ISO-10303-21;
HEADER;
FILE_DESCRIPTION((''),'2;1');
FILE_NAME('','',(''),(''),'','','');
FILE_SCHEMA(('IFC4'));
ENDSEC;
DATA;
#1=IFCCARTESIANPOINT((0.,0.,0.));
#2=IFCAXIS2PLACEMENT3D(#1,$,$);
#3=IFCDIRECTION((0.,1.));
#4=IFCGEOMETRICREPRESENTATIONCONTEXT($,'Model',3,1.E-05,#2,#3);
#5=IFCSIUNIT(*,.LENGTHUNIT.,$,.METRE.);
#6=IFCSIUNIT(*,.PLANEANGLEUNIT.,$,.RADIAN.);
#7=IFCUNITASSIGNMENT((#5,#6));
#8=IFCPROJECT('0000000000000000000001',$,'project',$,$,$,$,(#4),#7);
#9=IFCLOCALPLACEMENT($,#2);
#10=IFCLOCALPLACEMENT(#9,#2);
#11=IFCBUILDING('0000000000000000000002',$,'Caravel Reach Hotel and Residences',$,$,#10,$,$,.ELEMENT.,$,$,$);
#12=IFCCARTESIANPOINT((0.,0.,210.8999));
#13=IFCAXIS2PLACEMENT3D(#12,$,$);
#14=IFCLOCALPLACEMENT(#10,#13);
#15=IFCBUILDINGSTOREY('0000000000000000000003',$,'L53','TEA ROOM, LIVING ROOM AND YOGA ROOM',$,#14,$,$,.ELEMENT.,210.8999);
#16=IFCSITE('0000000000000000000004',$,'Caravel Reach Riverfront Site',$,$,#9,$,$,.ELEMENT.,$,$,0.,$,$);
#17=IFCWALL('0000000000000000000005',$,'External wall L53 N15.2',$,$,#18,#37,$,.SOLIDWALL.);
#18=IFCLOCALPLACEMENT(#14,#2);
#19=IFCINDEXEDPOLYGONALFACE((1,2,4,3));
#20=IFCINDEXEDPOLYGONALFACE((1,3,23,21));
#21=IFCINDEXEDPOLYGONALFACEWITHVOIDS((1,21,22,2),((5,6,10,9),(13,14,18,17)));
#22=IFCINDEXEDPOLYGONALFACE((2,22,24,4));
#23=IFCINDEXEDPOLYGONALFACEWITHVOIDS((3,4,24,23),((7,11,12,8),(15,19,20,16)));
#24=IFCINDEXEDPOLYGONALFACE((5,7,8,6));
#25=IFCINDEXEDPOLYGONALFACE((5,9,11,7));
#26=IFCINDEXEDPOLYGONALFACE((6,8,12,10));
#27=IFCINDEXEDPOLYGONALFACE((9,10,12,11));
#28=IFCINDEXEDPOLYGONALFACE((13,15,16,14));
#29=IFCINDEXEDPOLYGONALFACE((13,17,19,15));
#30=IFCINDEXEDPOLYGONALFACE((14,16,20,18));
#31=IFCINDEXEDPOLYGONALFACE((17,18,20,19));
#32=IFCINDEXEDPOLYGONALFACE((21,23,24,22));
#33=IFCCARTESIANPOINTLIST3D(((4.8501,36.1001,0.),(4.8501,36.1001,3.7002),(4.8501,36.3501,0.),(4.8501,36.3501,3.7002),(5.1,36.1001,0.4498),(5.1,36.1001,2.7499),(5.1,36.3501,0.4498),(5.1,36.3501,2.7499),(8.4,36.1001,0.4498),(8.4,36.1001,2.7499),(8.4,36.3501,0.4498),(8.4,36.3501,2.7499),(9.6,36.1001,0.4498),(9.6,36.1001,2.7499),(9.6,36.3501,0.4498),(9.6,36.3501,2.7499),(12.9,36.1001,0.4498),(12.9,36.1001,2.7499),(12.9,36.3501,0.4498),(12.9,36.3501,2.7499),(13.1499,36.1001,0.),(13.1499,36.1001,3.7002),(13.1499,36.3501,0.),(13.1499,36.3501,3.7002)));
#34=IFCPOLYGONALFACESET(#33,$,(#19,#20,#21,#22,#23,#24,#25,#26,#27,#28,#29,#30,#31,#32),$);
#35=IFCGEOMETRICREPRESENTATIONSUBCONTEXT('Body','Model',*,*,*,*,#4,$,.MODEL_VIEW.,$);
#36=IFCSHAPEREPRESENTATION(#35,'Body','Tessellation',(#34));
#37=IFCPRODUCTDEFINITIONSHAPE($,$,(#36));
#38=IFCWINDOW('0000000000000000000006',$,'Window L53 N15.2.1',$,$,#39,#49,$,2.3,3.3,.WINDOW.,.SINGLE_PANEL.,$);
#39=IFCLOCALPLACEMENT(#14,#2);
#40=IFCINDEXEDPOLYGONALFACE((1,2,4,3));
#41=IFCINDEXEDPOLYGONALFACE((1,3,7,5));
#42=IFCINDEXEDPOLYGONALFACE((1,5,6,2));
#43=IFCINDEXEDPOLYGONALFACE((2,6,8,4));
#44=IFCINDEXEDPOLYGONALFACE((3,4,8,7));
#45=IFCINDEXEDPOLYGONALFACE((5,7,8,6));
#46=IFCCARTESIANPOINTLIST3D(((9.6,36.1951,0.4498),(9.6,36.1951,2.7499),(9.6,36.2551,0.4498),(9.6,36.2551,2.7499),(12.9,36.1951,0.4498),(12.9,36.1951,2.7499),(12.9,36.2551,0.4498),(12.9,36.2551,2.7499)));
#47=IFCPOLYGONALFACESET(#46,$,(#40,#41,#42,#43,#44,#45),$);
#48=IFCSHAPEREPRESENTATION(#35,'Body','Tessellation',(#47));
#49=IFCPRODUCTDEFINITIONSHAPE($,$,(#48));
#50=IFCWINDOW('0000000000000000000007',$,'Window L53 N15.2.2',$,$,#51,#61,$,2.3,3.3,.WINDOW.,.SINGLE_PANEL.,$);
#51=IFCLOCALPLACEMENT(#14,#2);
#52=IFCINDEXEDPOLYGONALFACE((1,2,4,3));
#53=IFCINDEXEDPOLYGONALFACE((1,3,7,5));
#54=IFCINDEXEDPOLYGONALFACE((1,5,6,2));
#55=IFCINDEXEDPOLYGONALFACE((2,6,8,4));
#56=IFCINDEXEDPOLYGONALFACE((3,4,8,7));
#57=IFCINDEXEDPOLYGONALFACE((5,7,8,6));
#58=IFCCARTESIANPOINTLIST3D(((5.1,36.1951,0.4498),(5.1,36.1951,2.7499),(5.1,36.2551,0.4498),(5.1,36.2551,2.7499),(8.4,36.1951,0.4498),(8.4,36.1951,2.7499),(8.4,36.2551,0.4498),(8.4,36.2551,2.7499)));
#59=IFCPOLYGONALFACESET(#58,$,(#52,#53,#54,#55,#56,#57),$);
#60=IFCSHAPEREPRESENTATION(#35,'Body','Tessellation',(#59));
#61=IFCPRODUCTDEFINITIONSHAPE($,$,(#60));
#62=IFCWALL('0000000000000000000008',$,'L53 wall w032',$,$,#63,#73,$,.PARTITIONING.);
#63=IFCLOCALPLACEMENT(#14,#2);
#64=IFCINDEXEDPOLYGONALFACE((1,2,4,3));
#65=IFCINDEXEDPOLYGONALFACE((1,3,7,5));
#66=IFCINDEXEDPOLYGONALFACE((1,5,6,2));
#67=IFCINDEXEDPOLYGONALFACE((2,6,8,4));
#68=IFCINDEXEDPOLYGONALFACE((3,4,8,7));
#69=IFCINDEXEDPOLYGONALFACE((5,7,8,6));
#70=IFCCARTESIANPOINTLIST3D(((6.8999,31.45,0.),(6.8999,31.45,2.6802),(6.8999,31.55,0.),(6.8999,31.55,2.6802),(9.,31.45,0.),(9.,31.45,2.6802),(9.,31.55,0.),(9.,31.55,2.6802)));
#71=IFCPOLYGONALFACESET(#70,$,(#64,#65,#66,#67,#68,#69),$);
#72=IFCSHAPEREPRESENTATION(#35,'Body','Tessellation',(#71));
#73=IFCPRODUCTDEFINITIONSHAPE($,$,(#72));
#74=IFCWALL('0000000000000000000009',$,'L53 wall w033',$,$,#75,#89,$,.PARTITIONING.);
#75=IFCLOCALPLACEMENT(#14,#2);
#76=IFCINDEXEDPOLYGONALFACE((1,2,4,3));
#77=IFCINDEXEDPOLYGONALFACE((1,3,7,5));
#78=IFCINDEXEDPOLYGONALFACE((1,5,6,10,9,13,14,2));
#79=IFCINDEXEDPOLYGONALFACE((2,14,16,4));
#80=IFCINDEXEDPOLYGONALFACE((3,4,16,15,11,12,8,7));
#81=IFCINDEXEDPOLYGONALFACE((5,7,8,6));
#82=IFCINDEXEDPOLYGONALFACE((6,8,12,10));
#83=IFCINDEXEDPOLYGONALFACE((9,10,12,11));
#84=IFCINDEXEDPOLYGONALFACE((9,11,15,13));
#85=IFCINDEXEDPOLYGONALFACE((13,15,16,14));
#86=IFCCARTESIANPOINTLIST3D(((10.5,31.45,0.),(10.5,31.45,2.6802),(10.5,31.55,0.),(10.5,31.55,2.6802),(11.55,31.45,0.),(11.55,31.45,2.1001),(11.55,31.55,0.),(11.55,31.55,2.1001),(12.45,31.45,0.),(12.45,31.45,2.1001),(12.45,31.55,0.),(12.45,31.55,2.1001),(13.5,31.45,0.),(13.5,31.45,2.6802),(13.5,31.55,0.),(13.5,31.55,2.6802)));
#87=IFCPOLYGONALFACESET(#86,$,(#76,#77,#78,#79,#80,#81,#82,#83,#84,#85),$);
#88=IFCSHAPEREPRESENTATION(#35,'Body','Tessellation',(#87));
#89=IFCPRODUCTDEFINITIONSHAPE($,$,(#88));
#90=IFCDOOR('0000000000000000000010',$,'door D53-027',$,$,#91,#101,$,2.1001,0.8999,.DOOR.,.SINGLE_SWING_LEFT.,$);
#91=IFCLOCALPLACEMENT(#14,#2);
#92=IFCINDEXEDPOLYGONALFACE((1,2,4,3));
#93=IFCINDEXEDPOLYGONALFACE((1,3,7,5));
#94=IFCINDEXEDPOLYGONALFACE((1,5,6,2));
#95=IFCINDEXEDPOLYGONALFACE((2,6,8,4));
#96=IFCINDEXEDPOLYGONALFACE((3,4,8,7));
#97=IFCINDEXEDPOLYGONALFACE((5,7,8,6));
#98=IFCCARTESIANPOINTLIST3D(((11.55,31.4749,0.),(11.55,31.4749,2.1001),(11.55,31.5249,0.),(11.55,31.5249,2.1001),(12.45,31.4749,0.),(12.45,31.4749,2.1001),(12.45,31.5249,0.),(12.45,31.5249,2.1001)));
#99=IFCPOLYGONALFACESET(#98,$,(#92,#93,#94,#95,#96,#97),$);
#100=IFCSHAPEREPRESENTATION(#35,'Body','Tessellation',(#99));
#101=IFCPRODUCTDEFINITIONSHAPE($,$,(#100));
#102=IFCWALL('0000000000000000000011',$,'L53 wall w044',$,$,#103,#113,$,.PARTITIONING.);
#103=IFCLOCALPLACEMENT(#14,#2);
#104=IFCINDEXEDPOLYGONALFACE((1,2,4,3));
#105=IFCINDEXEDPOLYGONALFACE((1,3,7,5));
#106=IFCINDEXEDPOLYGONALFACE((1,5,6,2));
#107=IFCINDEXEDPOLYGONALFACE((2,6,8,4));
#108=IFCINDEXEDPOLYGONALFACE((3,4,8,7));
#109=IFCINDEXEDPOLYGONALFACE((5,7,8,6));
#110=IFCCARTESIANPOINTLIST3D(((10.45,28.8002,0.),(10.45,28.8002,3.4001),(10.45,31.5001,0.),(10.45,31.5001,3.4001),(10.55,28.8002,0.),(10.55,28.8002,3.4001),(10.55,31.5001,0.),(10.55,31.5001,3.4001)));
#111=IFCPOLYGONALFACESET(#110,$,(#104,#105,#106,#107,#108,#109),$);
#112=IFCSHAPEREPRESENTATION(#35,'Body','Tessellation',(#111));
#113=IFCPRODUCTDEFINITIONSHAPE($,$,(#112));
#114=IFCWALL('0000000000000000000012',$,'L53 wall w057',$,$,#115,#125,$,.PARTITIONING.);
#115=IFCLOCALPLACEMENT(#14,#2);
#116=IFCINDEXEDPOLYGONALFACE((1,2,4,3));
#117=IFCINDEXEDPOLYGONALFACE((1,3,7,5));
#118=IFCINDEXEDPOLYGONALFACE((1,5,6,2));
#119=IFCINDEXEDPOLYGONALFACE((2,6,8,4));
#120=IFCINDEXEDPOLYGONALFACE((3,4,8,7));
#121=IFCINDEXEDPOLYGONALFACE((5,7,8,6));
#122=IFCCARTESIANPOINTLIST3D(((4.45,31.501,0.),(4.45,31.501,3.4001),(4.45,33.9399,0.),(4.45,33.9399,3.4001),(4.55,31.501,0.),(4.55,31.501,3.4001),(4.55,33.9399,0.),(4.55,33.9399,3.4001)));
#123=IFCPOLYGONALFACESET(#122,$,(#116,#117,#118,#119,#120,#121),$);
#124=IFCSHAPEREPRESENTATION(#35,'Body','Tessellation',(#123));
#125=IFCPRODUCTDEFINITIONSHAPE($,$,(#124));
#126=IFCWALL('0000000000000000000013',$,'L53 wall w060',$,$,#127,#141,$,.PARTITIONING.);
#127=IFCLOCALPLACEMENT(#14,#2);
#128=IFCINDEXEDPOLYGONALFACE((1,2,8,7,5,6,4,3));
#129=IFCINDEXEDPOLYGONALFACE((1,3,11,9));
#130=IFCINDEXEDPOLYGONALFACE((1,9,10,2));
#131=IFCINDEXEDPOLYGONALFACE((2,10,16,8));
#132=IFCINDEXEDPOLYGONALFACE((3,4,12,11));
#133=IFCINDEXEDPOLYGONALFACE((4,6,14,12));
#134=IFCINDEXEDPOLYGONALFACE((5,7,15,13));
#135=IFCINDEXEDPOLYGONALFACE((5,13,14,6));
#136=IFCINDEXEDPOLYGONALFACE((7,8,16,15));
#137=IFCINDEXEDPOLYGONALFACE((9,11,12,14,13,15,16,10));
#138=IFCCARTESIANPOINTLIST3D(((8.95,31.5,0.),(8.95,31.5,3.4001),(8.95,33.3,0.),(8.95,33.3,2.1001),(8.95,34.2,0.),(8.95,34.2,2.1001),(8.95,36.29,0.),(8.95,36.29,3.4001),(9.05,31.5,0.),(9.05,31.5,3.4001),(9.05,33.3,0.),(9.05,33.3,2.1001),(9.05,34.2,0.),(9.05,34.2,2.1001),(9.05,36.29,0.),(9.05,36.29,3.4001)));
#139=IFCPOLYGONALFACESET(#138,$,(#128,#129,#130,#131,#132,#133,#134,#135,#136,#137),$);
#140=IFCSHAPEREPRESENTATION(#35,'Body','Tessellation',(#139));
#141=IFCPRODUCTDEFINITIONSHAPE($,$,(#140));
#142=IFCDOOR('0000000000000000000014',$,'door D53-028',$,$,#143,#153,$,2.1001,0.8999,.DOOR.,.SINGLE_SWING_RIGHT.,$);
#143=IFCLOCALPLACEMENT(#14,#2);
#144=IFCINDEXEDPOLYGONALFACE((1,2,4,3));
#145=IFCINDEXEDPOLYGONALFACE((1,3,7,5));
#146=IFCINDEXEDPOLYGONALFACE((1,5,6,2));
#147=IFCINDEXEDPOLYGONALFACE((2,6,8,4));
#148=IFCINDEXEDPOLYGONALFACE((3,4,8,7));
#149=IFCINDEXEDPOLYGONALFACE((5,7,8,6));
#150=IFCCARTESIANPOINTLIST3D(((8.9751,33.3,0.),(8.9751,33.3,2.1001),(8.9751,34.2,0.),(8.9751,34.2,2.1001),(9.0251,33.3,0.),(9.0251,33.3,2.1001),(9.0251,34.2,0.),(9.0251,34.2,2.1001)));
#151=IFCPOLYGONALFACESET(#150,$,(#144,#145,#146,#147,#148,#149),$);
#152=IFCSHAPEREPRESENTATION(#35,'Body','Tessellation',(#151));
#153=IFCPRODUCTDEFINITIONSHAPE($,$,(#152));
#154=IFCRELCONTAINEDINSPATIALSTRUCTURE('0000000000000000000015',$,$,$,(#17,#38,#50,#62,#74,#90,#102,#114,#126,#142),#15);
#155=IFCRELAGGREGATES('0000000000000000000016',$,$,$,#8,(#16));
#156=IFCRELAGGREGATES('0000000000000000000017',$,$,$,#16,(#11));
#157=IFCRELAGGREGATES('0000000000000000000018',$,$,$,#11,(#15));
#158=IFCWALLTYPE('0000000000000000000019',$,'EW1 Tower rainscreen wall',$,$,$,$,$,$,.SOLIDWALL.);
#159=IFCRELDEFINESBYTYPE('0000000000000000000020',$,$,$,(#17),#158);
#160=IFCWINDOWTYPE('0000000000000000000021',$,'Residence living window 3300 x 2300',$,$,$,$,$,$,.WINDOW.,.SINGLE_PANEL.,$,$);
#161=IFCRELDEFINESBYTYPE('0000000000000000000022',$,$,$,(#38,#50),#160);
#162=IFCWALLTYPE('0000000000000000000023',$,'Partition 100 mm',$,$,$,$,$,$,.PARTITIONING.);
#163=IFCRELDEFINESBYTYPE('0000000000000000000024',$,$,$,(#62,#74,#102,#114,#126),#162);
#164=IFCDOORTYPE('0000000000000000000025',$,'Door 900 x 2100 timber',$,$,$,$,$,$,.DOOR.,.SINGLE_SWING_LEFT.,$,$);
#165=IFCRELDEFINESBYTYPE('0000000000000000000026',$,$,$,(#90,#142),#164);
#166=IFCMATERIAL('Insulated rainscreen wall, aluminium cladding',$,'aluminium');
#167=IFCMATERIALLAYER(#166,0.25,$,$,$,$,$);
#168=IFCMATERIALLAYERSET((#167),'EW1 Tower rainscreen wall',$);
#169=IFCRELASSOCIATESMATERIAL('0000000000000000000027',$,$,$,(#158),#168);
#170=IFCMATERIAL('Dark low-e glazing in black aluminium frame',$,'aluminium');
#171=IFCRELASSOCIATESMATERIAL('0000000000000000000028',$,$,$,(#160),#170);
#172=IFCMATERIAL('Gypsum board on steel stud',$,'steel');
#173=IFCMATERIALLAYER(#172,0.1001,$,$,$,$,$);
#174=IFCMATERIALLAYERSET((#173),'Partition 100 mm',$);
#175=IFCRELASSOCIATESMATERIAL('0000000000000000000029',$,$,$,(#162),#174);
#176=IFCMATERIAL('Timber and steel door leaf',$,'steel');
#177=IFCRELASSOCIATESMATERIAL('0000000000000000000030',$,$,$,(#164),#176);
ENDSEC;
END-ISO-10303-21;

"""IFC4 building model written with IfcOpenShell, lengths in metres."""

from ifc_helpers import new_model, si_unit, direction, frame, frame_2d, origin, place, context, subcontext, project, spatial, rectangle, extrude, material, layer, layer_set, type_object, element, fill, save


model = new_model("IFC4")

# Units and contexts
model_context = context("Model", 3, precision=1e-05, world=origin(), true_north=direction((0.0, 1.0)))
body_context = subcontext(model_context, "Body", "Model", "MODEL_VIEW")
ifc_project = project(units=[si_unit("LENGTHUNIT", "METRE"), si_unit("PLANEANGLEUNIT", "RADIAN")], contexts=[model_context])

# Site, building, storey
site_placement = place(None, origin())
site = spatial("IfcSite", under=ifc_project, at=site_placement, Name="Caravel Reach Riverfront Site", CompositionType="ELEMENT", RefElevation=0.0)
building_placement = place(site_placement, origin())
building = spatial("IfcBuilding", under=site, at=building_placement, Name="Caravel Reach Hotel and Residences", CompositionType="ELEMENT")
storey_placement = place(building_placement, frame((0.0, 0.0, 210.8999)))
storey = spatial("IfcBuildingStorey", under=building, at=storey_placement, Name="L53", Description="TEA ROOM, LIVING ROOM AND YOGA ROOM", CompositionType="ELEMENT", Elevation=210.8999)

# Wall, openings, windows
ifc_material_1 = material(Name="Insulated rainscreen wall, aluminium cladding", Category="aluminium")
ifc_layer_1 = layer(ifc_material_1, 0.25)
ifc_layer_set_1 = layer_set([ifc_layer_1], Name="EW1 Tower rainscreen wall")
wall_type_1 = type_object("IfcWallType", Name="EW1 Tower rainscreen wall", PredefinedType="SOLIDWALL", material=ifc_layer_set_1)
wall_1_placement = place(storey_placement, frame((13.1499, 36.2251, 0.0), z_axis=(0.0, 0.0, 1.0), x_axis=(-1.0, 0.0, 0.0)))
wall_1 = element("IfcWall", 1, at=wall_1_placement, inside=storey, type_object=wall_type_1, Name="External wall L53 N15.2", PredefinedType="SOLIDWALL", context=body_context, shape_type="SweptSolid", body=[
    extrude(rectangle(XDim=8.2998, YDim=0.25, at=frame_2d((4.1499, 0.0))), origin(), (0.0, 0.0, 1.0), 3.7002),
])
opening_1_placement = place(wall_1_placement, frame((0.25, 0.0, 0.45)))
opening_1 = element("IfcOpeningElement", 2, at=opening_1_placement, cuts=wall_1, PredefinedType="OPENING", context=body_context, shape_type="SweptSolid", body=[
    extrude(rectangle(XDim=3.3, YDim=2.3, at=frame_2d((1.6499, 1.1499))), frame((0.0, 0.135, 0.0), z_axis=(0.0, -1.0, 0.0), x_axis=(1.0, 0.0, 0.0)), (0.0, 0.0, 1.0), 0.27),
])
opening_2_placement = place(wall_1_placement, frame((4.75, 0.0, 0.45)))
opening_2 = element("IfcOpeningElement", 3, at=opening_2_placement, cuts=wall_1, PredefinedType="OPENING", context=body_context, shape_type="SweptSolid", body=[
    extrude(rectangle(XDim=3.3, YDim=2.3, at=frame_2d((1.6499, 1.1499))), frame((0.0, 0.135, 0.0), z_axis=(0.0, -1.0, 0.0), x_axis=(1.0, 0.0, 0.0)), (0.0, 0.0, 1.0), 0.27),
])
ifc_material_2 = material(Name="Dark low-e glazing in black aluminium frame", Category="aluminium")
window_type = type_object("IfcWindowType", Name="Residence living window 3300 x 2300", PartitioningType="SINGLE_PANEL", PredefinedType="WINDOW", material=ifc_material_2)
window_1_placement = place(opening_1_placement, origin())
window_1 = element("IfcWindow", 4, at=window_1_placement, inside=storey, type_object=window_type, Name="Window L53 N15.2.1", OverallHeight=2.3, OverallWidth=3.3, PartitioningType="SINGLE_PANEL", PredefinedType="WINDOW", context=body_context, shape_type="SweptSolid", body=[
    extrude(rectangle(XDim=3.3, YDim=2.3, at=frame_2d((1.6499, 1.1499))), frame((0.0, 0.03, 0.0), z_axis=(0.0, -1.0, 0.0), x_axis=(1.0, 0.0, 0.0)), (0.0, 0.0, 1.0), 0.0601),
])
fill(opening_1, window_1)
window_2_placement = place(opening_2_placement, origin())
window_2 = element("IfcWindow", 5, at=window_2_placement, inside=storey, type_object=window_type, Name="Window L53 N15.2.2", OverallHeight=2.3, OverallWidth=3.3, PartitioningType="SINGLE_PANEL", PredefinedType="WINDOW", context=body_context, shape_type="SweptSolid", body=[
    extrude(rectangle(XDim=3.3, YDim=2.3, at=frame_2d((1.6499, 1.1499))), frame((0.0, 0.03, 0.0), z_axis=(0.0, -1.0, 0.0), x_axis=(1.0, 0.0, 0.0)), (0.0, 0.0, 1.0), 0.0601),
])
fill(opening_2, window_2)

# Wall
ifc_material_3 = material(Name="Gypsum board on steel stud", Category="steel")
ifc_layer_2 = layer(ifc_material_3, 0.1001)
ifc_layer_set_2 = layer_set([ifc_layer_2], Name="Partition 100 mm")
wall_type_2 = type_object("IfcWallType", Name="Partition 100 mm", PredefinedType="PARTITIONING", material=ifc_layer_set_2)
wall_2_placement = place(storey_placement, frame((6.8999, 31.5, 0.0), z_axis=(0.0, 0.0, 1.0), x_axis=(1.0, 0.0, 0.0)))
element("IfcWall", 6, at=wall_2_placement, inside=storey, type_object=wall_type_2, Name="L53 wall w032", PredefinedType="PARTITIONING", context=body_context, shape_type="SweptSolid", body=[
    extrude(rectangle(XDim=2.1001, YDim=0.1001, at=frame_2d((1.05, 0.0))), origin(), (0.0, 0.0, 1.0), 2.6802),
])

# Wall, opening, door
wall_3_placement = place(storey_placement, frame((10.5, 31.5, 0.0), z_axis=(0.0, 0.0, 1.0), x_axis=(1.0, 0.0, 0.0)))
wall_3 = element("IfcWall", 7, at=wall_3_placement, inside=storey, type_object=wall_type_2, Name="L53 wall w033", PredefinedType="PARTITIONING", context=body_context, shape_type="SweptSolid", body=[
    extrude(rectangle(XDim=3.0, YDim=0.1001, at=frame_2d((1.5, 0.0))), origin(), (0.0, 0.0, 1.0), 2.6802),
])
opening_3_placement = place(wall_3_placement, frame((1.05, 0.0, 0.0)))
opening_3 = element("IfcOpeningElement", 8, at=opening_3_placement, cuts=wall_3, PredefinedType="OPENING", context=body_context, shape_type="SweptSolid", body=[
    extrude(rectangle(XDim=0.8999, YDim=2.1001, at=frame_2d((0.45, 1.05))), frame((0.0, 0.0601, 0.0), z_axis=(0.0, -1.0, 0.0), x_axis=(1.0, 0.0, 0.0)), (0.0, 0.0, 1.0), 0.1201),
])
ifc_material_4 = material(Name="Timber and steel door leaf", Category="steel")
door_type_1 = type_object("IfcDoorType", Name="Door 900 x 2100 timber", OperationType="SINGLE_SWING_LEFT", PredefinedType="DOOR", material=ifc_material_4)
door_1_placement = place(opening_3_placement, origin())
door_1 = element("IfcDoor", 9, at=door_1_placement, inside=storey, type_object=door_type_1, Name="door D53-027", OperationType="SINGLE_SWING_LEFT", OverallHeight=2.1001, OverallWidth=0.8999, PredefinedType="DOOR", context=body_context, shape_type="SweptSolid", body=[
    extrude(rectangle(XDim=0.8999, YDim=2.1001, at=frame_2d((0.45, 1.05))), frame((0.0, 0.0249, 0.0), z_axis=(0.0, -1.0, 0.0), x_axis=(1.0, 0.0, 0.0)), (0.0, 0.0, 1.0), 0.05),
])
fill(opening_3, door_1)

# Walls
wall_4_placement = place(storey_placement, frame((10.5, 28.8, 0.0), z_axis=(0.0, 0.0, 1.0), x_axis=(0.0, 1.0, 0.0)))
element("IfcWall", 10, at=wall_4_placement, inside=storey, type_object=wall_type_2, Name="L53 wall w044", PredefinedType="PARTITIONING", context=body_context, shape_type="SweptSolid", body=[
    extrude(rectangle(XDim=2.7, YDim=0.1001, at=frame_2d((1.3501, 0.0))), origin(), (0.0, 0.0, 1.0), 3.4001),
])
wall_5_placement = place(storey_placement, frame((4.5, 31.501, 0.0), z_axis=(0.0, 0.0, 1.0), x_axis=(0.0, 1.0, 0.0)))
element("IfcWall", 11, at=wall_5_placement, inside=storey, type_object=wall_type_2, Name="L53 wall w057", PredefinedType="PARTITIONING", context=body_context, shape_type="SweptSolid", body=[
    extrude(rectangle(XDim=2.439, YDim=0.1001, at=frame_2d((1.2195, 0.0))), origin(), (0.0, 0.0, 1.0), 3.4001),
])

# Wall, opening, door
wall_6_placement = place(storey_placement, frame((9.0, 31.5, 0.0), z_axis=(0.0, 0.0, 1.0), x_axis=(0.0, 1.0, 0.0)))
wall_6 = element("IfcWall", 12, at=wall_6_placement, inside=storey, type_object=wall_type_2, Name="L53 wall w060", PredefinedType="PARTITIONING", context=body_context, shape_type="SweptSolid", body=[
    extrude(rectangle(XDim=4.79, YDim=0.1001, at=frame_2d((2.395, 0.0))), origin(), (0.0, 0.0, 1.0), 3.4001),
])
opening_4_placement = place(wall_6_placement, frame((1.8, 0.0, 0.0)))
opening_4 = element("IfcOpeningElement", 13, at=opening_4_placement, cuts=wall_6, PredefinedType="OPENING", context=body_context, shape_type="SweptSolid", body=[
    extrude(rectangle(XDim=0.8999, YDim=2.1001, at=frame_2d((0.45, 1.05))), frame((0.0, 0.0601, 0.0), z_axis=(0.0, -1.0, 0.0), x_axis=(1.0, 0.0, 0.0)), (0.0, 0.0, 1.0), 0.1201),
])
door_2_placement = place(opening_4_placement, origin())
door_2 = element("IfcDoor", 14, at=door_2_placement, inside=storey, type_object=door_type_1, Name="door D53-028", OperationType="SINGLE_SWING_RIGHT", OverallHeight=2.1001, OverallWidth=0.8999, PredefinedType="DOOR", context=body_context, shape_type="SweptSolid", body=[
    extrude(rectangle(XDim=0.8999, YDim=2.1001, at=frame_2d((0.45, 1.05))), frame((0.0, 0.0249, 0.0), z_axis=(0.0, -1.0, 0.0), x_axis=(1.0, 0.0, 0.0)), (0.0, 0.0, 1.0), 0.05),
])
fill(opening_4, door_2)

save(model, "model.ifc")
